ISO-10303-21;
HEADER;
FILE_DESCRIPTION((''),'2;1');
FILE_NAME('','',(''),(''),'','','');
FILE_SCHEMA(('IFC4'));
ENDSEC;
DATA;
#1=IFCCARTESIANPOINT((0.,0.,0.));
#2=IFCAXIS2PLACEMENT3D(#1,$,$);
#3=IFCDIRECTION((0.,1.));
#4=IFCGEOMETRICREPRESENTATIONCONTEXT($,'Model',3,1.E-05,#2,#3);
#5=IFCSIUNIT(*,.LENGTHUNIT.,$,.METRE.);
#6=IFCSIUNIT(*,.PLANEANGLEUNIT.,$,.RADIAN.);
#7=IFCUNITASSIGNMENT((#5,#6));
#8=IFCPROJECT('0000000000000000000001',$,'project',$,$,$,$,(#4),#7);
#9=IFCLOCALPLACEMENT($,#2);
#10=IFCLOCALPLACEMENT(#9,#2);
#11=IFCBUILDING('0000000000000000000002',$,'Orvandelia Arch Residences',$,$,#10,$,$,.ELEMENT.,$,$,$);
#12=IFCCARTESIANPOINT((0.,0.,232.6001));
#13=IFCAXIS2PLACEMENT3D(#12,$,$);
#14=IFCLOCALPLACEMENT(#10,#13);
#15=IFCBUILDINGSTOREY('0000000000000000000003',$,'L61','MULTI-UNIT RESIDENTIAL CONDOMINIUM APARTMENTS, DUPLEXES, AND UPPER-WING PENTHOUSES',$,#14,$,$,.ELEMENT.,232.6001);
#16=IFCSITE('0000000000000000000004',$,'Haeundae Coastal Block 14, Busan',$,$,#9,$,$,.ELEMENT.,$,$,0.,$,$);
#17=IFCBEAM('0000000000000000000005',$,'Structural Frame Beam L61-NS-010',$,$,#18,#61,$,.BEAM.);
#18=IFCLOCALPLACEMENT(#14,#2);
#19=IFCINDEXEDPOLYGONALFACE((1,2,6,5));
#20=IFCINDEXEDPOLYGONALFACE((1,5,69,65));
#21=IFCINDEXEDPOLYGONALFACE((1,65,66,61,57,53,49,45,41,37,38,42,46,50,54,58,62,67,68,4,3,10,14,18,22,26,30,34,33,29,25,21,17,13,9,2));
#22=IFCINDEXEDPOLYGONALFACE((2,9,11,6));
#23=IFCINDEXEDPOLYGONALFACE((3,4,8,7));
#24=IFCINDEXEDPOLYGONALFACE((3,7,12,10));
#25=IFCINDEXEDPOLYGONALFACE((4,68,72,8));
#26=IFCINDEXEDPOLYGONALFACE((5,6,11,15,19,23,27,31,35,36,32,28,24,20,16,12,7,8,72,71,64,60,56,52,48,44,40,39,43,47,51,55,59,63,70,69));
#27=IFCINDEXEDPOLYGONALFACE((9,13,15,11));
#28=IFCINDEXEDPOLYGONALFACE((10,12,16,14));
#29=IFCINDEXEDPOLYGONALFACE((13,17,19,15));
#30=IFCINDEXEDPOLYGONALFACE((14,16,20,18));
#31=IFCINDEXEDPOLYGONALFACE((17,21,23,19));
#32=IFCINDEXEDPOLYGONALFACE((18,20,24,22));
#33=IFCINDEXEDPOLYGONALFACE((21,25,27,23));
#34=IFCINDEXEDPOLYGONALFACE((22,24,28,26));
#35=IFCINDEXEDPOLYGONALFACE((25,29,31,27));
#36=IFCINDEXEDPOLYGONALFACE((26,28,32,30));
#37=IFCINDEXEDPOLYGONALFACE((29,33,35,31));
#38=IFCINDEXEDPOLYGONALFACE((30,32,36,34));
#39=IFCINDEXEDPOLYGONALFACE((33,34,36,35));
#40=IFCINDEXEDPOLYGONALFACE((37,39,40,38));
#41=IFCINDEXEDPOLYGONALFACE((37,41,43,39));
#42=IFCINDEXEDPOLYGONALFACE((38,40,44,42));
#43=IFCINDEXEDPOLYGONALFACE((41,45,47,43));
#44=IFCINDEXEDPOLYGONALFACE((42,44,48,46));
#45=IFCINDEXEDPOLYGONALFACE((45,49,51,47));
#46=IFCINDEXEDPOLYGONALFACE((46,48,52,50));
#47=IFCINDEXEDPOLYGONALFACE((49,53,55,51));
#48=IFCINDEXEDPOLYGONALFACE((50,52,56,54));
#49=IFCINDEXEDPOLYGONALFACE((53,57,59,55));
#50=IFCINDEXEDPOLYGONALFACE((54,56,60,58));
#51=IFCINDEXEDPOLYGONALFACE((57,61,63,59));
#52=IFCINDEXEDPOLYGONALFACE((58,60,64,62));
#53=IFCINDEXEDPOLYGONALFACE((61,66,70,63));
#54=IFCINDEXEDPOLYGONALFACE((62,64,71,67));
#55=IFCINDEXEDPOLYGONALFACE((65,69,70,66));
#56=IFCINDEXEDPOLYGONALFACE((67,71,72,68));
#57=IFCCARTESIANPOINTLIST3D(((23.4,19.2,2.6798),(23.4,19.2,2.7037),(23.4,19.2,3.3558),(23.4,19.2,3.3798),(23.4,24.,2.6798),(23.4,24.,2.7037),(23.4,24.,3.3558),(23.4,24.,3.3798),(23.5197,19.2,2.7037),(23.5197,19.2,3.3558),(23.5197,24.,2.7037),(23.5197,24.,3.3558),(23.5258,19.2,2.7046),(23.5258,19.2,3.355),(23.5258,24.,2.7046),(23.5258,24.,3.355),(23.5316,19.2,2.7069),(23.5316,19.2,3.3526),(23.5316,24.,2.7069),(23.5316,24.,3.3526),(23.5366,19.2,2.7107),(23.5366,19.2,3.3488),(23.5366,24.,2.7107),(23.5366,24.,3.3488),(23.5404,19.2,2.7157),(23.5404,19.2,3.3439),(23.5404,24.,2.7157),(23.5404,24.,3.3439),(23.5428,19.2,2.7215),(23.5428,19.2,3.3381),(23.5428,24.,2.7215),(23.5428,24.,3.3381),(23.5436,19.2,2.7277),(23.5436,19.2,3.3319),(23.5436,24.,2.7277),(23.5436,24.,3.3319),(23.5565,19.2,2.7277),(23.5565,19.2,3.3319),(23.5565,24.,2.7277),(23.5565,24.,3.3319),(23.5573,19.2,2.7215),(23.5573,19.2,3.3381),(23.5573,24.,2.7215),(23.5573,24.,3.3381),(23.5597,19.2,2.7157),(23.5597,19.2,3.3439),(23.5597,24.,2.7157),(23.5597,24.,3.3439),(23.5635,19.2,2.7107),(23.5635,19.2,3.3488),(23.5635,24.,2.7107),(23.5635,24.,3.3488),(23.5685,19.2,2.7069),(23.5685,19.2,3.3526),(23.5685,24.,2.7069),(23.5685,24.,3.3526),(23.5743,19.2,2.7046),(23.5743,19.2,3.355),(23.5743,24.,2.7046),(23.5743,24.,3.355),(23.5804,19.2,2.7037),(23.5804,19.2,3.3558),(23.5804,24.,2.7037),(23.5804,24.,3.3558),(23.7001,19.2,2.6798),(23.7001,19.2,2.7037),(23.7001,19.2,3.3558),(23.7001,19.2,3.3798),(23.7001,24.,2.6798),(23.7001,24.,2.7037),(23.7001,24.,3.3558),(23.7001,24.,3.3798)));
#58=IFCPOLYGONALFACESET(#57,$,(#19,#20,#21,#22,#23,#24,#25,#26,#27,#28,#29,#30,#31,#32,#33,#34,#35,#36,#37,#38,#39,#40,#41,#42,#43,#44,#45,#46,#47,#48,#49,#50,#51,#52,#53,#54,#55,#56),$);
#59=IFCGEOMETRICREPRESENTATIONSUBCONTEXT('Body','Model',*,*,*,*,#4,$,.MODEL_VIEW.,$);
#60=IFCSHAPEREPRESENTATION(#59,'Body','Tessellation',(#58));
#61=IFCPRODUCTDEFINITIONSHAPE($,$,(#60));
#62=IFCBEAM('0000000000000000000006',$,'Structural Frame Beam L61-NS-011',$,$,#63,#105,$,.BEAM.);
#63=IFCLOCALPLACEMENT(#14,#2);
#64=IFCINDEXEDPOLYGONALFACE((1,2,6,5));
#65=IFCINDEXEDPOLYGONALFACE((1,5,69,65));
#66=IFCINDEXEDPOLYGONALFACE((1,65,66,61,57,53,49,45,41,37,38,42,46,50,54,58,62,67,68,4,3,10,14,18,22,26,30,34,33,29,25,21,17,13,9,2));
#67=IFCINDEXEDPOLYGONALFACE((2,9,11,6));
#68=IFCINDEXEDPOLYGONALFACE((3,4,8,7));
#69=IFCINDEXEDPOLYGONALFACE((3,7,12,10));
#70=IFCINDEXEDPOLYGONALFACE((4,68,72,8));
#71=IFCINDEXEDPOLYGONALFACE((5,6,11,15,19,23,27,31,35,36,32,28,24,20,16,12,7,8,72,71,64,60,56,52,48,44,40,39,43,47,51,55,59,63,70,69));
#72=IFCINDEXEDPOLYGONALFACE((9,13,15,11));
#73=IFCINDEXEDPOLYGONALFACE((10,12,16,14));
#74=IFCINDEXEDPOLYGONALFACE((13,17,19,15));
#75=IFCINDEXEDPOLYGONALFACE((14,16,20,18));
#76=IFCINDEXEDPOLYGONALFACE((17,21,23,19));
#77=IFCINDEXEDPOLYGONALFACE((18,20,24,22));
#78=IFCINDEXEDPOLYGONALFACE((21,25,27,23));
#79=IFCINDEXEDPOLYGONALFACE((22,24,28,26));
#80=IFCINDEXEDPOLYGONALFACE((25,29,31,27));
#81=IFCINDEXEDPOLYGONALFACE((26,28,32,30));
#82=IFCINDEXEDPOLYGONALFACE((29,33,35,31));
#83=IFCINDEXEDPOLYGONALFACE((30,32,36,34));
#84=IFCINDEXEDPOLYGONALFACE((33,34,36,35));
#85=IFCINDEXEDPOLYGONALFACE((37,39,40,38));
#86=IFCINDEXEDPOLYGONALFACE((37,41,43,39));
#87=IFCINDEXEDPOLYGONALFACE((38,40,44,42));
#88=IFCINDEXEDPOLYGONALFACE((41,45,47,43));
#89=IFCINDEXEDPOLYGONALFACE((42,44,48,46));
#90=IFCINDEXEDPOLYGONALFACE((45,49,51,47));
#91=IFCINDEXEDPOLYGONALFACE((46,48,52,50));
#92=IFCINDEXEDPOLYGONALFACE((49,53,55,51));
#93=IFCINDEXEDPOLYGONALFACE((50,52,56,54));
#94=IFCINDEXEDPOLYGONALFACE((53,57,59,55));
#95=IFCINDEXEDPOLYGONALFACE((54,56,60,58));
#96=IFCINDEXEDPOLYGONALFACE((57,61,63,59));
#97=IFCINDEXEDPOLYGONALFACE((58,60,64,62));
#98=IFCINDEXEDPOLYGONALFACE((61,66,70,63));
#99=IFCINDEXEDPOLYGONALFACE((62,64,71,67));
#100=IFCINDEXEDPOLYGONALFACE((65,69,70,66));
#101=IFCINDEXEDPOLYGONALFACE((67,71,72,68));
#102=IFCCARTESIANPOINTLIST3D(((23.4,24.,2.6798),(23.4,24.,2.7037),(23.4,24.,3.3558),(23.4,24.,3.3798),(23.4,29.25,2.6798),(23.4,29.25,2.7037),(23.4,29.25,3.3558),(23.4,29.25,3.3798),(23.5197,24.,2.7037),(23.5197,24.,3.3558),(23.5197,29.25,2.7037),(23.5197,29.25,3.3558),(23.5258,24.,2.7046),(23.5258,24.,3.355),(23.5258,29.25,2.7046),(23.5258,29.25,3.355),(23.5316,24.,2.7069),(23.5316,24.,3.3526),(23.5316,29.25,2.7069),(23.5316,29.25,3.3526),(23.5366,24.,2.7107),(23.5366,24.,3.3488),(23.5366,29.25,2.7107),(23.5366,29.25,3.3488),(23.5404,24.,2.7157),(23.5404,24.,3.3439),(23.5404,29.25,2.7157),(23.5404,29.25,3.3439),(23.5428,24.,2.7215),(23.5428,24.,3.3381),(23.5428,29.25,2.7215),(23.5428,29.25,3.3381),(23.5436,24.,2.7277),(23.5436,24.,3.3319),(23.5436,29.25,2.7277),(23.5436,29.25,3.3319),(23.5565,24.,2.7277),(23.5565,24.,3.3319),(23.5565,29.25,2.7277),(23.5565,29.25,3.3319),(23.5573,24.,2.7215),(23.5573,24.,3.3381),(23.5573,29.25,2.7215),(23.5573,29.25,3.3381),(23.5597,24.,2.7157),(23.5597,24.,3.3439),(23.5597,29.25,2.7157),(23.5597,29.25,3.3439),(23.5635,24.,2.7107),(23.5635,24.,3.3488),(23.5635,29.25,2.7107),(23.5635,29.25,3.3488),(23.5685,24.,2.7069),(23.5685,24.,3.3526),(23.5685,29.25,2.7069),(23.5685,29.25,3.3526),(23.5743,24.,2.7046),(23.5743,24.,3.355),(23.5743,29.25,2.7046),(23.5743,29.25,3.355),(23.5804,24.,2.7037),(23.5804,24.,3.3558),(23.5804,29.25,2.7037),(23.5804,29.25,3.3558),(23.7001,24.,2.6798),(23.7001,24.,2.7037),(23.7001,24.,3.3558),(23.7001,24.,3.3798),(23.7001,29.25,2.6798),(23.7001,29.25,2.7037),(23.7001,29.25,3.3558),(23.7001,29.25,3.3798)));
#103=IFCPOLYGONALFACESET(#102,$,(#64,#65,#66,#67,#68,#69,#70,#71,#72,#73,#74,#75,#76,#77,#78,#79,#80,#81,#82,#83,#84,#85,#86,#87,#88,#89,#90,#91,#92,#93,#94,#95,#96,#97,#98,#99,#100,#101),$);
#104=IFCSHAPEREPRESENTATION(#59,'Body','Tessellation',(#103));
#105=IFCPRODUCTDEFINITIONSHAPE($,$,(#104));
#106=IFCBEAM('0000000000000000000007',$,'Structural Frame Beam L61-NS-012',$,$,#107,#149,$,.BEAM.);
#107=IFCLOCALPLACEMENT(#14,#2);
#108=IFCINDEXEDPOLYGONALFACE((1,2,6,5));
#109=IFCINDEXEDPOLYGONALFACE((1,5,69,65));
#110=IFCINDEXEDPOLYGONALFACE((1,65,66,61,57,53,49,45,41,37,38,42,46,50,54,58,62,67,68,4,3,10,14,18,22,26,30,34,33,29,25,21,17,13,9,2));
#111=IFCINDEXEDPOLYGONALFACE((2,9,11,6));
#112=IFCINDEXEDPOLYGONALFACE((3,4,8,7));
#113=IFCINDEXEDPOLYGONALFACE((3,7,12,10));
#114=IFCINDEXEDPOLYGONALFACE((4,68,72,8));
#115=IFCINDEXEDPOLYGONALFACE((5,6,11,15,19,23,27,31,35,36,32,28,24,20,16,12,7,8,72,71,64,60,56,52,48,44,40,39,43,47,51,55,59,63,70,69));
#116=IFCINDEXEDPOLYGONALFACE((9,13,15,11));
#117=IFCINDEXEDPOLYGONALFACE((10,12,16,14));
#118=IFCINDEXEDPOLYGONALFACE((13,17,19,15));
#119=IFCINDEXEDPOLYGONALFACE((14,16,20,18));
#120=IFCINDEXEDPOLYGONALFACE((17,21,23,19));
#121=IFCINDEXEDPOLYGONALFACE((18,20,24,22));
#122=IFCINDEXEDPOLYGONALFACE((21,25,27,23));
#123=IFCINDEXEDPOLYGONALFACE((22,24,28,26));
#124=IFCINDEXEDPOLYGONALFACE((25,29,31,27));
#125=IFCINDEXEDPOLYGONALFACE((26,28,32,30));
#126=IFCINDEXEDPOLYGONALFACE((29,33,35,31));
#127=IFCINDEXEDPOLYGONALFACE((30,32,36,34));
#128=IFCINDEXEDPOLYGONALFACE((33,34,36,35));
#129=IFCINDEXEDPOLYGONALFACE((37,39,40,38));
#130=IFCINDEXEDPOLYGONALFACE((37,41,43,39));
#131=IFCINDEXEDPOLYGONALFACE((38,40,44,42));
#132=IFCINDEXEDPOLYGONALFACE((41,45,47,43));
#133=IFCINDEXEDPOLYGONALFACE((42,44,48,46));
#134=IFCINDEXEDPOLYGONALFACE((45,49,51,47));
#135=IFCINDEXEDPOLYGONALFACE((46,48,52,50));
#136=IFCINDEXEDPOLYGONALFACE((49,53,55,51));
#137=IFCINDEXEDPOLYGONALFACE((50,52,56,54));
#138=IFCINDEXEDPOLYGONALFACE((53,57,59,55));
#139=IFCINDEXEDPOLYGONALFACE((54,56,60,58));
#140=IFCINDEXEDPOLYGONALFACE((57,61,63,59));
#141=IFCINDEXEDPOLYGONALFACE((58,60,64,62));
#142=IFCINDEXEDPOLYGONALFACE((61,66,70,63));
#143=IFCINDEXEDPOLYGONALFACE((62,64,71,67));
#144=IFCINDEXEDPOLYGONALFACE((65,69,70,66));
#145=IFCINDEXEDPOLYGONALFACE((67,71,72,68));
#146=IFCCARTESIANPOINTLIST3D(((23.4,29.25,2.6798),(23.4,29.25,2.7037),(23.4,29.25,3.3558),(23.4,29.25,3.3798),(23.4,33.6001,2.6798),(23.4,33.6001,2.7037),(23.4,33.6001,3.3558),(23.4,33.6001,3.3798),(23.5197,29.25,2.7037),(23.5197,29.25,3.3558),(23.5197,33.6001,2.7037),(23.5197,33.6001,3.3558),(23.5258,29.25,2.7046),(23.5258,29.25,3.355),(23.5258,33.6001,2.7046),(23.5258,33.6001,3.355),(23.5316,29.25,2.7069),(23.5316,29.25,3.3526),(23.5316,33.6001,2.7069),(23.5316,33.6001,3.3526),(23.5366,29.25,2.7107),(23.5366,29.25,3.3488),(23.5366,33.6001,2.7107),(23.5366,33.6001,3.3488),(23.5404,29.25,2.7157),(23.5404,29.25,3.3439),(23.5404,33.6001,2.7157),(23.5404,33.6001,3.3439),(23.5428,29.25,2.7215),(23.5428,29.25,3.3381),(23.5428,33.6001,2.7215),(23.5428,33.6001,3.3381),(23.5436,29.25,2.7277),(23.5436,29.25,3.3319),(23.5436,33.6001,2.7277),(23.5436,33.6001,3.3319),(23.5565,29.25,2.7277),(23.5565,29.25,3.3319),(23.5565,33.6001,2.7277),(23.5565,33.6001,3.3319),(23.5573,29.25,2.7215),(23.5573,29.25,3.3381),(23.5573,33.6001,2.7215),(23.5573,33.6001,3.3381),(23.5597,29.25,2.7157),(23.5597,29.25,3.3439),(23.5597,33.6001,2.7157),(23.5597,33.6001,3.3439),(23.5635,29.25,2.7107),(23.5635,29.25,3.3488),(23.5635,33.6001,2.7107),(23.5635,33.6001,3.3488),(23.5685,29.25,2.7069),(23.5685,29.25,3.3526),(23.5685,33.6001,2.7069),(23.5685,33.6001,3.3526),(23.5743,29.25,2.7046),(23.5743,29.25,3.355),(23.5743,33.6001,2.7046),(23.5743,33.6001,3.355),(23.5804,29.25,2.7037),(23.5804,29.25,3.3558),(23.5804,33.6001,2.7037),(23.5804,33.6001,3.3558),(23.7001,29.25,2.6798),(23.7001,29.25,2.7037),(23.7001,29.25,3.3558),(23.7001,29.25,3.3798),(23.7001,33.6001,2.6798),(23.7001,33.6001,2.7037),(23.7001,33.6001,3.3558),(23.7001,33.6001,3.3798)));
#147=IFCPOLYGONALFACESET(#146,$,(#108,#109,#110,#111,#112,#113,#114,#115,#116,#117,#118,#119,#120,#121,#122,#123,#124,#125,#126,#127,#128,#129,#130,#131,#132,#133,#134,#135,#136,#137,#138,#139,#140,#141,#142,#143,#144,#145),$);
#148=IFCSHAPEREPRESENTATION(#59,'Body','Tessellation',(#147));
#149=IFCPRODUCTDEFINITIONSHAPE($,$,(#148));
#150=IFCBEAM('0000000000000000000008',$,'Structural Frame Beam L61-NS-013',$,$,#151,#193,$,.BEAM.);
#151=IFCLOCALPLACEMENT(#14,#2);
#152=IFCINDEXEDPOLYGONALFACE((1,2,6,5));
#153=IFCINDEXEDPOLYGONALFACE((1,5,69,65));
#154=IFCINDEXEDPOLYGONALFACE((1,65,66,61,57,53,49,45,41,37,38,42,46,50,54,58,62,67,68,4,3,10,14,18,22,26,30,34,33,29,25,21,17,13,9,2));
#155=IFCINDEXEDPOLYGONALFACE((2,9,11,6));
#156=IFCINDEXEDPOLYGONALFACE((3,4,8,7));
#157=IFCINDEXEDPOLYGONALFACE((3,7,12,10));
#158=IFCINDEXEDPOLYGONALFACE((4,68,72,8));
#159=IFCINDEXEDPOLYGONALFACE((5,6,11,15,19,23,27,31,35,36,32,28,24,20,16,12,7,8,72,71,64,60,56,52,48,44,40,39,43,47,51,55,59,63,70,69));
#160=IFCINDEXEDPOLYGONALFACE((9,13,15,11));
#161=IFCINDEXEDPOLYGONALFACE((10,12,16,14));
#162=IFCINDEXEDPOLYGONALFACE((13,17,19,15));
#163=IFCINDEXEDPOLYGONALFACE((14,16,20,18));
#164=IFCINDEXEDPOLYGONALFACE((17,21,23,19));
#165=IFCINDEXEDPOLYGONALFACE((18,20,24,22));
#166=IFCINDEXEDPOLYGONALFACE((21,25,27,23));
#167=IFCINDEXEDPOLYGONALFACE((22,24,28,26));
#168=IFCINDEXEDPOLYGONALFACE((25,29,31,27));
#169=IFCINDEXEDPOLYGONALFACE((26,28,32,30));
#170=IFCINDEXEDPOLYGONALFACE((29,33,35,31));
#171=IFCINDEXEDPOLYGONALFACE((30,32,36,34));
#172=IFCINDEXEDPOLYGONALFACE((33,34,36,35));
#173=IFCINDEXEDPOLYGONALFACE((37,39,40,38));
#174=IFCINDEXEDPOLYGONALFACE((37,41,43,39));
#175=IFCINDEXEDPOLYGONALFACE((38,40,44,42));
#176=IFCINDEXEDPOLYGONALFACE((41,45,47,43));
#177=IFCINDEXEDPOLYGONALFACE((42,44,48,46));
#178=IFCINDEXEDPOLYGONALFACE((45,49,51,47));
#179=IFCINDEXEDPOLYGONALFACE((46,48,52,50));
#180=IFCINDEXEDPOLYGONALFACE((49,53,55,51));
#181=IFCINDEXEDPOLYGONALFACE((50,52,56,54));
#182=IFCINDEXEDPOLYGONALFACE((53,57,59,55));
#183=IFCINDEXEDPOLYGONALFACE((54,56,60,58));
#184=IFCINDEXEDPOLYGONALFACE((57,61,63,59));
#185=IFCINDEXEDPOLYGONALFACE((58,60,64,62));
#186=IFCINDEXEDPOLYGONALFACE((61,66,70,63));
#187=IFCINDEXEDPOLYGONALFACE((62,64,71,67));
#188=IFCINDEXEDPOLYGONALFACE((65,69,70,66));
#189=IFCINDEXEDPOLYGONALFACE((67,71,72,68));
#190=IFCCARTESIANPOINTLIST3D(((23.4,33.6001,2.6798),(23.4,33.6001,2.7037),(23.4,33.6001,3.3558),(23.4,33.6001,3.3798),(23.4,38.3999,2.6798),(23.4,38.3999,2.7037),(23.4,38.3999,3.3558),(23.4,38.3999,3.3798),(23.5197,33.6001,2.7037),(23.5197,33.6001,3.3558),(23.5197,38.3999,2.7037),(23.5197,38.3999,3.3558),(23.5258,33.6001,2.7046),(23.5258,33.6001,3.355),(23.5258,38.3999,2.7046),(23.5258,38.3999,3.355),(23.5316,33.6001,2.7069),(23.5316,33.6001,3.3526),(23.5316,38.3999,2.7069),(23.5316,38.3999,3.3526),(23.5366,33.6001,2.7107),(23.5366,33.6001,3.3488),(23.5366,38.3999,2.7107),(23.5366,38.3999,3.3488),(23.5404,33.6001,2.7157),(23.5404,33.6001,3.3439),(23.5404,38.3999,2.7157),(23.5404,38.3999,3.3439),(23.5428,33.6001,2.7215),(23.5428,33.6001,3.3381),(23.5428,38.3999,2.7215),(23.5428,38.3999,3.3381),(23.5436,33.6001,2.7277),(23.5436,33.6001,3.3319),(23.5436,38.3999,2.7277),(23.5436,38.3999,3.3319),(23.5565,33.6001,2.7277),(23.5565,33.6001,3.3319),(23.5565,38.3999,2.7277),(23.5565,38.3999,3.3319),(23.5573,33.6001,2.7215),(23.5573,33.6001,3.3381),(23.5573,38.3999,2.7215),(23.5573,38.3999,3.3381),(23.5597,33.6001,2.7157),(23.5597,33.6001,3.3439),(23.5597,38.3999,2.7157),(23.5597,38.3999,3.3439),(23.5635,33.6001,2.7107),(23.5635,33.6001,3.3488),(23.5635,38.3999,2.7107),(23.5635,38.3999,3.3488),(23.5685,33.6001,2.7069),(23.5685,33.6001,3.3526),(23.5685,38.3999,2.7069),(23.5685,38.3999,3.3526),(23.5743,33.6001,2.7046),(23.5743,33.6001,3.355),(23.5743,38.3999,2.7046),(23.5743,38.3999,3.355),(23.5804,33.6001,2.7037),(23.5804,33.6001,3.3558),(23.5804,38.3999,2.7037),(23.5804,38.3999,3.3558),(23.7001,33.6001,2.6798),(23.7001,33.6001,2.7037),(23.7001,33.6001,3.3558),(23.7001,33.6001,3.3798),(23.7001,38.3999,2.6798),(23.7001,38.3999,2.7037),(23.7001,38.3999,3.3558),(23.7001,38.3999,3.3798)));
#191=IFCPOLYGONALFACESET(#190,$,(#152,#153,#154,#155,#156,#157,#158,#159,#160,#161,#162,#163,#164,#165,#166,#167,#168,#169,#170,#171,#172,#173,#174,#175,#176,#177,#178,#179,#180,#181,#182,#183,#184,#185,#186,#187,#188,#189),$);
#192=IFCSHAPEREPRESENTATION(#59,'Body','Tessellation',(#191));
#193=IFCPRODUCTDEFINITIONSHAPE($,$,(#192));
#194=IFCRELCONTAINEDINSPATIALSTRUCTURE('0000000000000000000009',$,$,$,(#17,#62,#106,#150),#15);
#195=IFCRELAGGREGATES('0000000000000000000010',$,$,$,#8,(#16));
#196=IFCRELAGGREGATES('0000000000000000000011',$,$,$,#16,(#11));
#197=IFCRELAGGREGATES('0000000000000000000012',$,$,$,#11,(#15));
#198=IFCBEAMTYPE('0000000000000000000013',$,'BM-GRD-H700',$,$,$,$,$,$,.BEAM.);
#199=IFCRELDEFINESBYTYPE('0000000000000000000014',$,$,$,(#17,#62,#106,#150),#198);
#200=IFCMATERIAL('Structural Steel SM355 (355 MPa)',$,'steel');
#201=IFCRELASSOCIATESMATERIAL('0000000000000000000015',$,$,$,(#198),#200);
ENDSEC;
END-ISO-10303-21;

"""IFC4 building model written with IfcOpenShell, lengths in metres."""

from ifc_helpers import new_model, si_unit, direction, frame, origin, origin_2d, place, context, subcontext, project, spatial, i_section, extrude, material, material_profile, profile_set, type_object, element, save


model = new_model("IFC4")

# Units and contexts
model_context = context("Model", 3, precision=1e-05, world=origin(), true_north=direction((0.0, 1.0)))
body_context = subcontext(model_context, "Body", "Model", "MODEL_VIEW")
ifc_project = project(units=[si_unit("LENGTHUNIT", "METRE"), si_unit("PLANEANGLEUNIT", "RADIAN")], contexts=[model_context])

# Site, building, storey
site_placement = place(None, origin())
site = spatial("IfcSite", under=ifc_project, at=site_placement, Name="Haeundae Coastal Block 14, Busan", CompositionType="ELEMENT", RefElevation=0.0)
building_placement = place(site_placement, origin())
building = spatial("IfcBuilding", under=site, at=building_placement, Name="Orvandelia Arch Residences", CompositionType="ELEMENT")
storey_placement = place(building_placement, frame((0.0, 0.0, 232.6001)))
storey = spatial("IfcBuildingStorey", under=building, at=storey_placement, Name="L61", Description="MULTI-UNIT RESIDENTIAL CONDOMINIUM APARTMENTS, DUPLEXES, AND UPPER-WING PENTHOUSES", CompositionType="ELEMENT", Elevation=232.6001)

# Beams
ifc_material_1 = material(Name="Structural Steel SM355 (355 MPa)", Category="steel")
ifc_material_profile_1 = material_profile(ifc_material_1, i_section(OverallWidth=0.3, OverallDepth=0.7, WebThickness=0.0129, FlangeThickness=0.0239, FilletRadius=0.0239, at=origin_2d()), Name="Structural Steel SM355 (355 MPa)", Category="steel")
ifc_profile_set_1 = profile_set([ifc_material_profile_1], Name="Structural Steel SM355 (355 MPa)")
beam_type = type_object("IfcBeamType", Name="BM-GRD-H700", PredefinedType="BEAM", material=ifc_profile_set_1)
for number, where, z_axis, x_axis, name in (
    (1, (23.55, 19.2, 3.0298), (0.0, 1.0, 0.0), (-1.0, 0.0, 0.0), "Structural Frame Beam L61-NS-010"),
):
    element("IfcBeam", number, at=place(storey_placement, frame(where, z_axis=z_axis, x_axis=x_axis)), inside=storey, type_object=beam_type, Name=name, PredefinedType="BEAM", context=body_context, shape_type="SweptSolid", body=[
        extrude(i_section(OverallWidth=0.3, OverallDepth=0.7, WebThickness=0.0129, FlangeThickness=0.0239, FilletRadius=0.0239, at=origin_2d()), origin(), (0.0, 0.0, 1.0), 4.8),
    ])
beam_1_placement = place(storey_placement, frame((23.55, 24.0, 3.0298), z_axis=(0.0, 1.0, 0.0), x_axis=(-1.0, 0.0, 0.0)))
element("IfcBeam", 2, at=beam_1_placement, inside=storey, type_object=beam_type, Name="Structural Frame Beam L61-NS-011", PredefinedType="BEAM", context=body_context, shape_type="SweptSolid", body=[
    extrude(i_section(OverallWidth=0.3, OverallDepth=0.7, WebThickness=0.0129, FlangeThickness=0.0239, FilletRadius=0.0239, at=origin_2d()), origin(), (0.0, 0.0, 1.0), 5.25),
])
beam_2_placement = place(storey_placement, frame((23.55, 29.25, 3.0298), z_axis=(0.0, 1.0, 0.0), x_axis=(-1.0, 0.0, 0.0)))
element("IfcBeam", 3, at=beam_2_placement, inside=storey, type_object=beam_type, Name="Structural Frame Beam L61-NS-012", PredefinedType="BEAM", context=body_context, shape_type="SweptSolid", body=[
    extrude(i_section(OverallWidth=0.3, OverallDepth=0.7, WebThickness=0.0129, FlangeThickness=0.0239, FilletRadius=0.0239, at=origin_2d()), origin(), (0.0, 0.0, 1.0), 4.3501),
])
beam_3_placement = place(storey_placement, frame((23.55, 33.6001, 3.0298), z_axis=(0.0, 1.0, 0.0), x_axis=(-1.0, 0.0, 0.0)))
element("IfcBeam", 4, at=beam_3_placement, inside=storey, type_object=beam_type, Name="Structural Frame Beam L61-NS-013", PredefinedType="BEAM", context=body_context, shape_type="SweptSolid", body=[
    extrude(i_section(OverallWidth=0.3, OverallDepth=0.7, WebThickness=0.0129, FlangeThickness=0.0239, FilletRadius=0.0239, at=origin_2d()), origin(), (0.0, 0.0, 1.0), 4.7998),
])

save(model, "model.ifc")
